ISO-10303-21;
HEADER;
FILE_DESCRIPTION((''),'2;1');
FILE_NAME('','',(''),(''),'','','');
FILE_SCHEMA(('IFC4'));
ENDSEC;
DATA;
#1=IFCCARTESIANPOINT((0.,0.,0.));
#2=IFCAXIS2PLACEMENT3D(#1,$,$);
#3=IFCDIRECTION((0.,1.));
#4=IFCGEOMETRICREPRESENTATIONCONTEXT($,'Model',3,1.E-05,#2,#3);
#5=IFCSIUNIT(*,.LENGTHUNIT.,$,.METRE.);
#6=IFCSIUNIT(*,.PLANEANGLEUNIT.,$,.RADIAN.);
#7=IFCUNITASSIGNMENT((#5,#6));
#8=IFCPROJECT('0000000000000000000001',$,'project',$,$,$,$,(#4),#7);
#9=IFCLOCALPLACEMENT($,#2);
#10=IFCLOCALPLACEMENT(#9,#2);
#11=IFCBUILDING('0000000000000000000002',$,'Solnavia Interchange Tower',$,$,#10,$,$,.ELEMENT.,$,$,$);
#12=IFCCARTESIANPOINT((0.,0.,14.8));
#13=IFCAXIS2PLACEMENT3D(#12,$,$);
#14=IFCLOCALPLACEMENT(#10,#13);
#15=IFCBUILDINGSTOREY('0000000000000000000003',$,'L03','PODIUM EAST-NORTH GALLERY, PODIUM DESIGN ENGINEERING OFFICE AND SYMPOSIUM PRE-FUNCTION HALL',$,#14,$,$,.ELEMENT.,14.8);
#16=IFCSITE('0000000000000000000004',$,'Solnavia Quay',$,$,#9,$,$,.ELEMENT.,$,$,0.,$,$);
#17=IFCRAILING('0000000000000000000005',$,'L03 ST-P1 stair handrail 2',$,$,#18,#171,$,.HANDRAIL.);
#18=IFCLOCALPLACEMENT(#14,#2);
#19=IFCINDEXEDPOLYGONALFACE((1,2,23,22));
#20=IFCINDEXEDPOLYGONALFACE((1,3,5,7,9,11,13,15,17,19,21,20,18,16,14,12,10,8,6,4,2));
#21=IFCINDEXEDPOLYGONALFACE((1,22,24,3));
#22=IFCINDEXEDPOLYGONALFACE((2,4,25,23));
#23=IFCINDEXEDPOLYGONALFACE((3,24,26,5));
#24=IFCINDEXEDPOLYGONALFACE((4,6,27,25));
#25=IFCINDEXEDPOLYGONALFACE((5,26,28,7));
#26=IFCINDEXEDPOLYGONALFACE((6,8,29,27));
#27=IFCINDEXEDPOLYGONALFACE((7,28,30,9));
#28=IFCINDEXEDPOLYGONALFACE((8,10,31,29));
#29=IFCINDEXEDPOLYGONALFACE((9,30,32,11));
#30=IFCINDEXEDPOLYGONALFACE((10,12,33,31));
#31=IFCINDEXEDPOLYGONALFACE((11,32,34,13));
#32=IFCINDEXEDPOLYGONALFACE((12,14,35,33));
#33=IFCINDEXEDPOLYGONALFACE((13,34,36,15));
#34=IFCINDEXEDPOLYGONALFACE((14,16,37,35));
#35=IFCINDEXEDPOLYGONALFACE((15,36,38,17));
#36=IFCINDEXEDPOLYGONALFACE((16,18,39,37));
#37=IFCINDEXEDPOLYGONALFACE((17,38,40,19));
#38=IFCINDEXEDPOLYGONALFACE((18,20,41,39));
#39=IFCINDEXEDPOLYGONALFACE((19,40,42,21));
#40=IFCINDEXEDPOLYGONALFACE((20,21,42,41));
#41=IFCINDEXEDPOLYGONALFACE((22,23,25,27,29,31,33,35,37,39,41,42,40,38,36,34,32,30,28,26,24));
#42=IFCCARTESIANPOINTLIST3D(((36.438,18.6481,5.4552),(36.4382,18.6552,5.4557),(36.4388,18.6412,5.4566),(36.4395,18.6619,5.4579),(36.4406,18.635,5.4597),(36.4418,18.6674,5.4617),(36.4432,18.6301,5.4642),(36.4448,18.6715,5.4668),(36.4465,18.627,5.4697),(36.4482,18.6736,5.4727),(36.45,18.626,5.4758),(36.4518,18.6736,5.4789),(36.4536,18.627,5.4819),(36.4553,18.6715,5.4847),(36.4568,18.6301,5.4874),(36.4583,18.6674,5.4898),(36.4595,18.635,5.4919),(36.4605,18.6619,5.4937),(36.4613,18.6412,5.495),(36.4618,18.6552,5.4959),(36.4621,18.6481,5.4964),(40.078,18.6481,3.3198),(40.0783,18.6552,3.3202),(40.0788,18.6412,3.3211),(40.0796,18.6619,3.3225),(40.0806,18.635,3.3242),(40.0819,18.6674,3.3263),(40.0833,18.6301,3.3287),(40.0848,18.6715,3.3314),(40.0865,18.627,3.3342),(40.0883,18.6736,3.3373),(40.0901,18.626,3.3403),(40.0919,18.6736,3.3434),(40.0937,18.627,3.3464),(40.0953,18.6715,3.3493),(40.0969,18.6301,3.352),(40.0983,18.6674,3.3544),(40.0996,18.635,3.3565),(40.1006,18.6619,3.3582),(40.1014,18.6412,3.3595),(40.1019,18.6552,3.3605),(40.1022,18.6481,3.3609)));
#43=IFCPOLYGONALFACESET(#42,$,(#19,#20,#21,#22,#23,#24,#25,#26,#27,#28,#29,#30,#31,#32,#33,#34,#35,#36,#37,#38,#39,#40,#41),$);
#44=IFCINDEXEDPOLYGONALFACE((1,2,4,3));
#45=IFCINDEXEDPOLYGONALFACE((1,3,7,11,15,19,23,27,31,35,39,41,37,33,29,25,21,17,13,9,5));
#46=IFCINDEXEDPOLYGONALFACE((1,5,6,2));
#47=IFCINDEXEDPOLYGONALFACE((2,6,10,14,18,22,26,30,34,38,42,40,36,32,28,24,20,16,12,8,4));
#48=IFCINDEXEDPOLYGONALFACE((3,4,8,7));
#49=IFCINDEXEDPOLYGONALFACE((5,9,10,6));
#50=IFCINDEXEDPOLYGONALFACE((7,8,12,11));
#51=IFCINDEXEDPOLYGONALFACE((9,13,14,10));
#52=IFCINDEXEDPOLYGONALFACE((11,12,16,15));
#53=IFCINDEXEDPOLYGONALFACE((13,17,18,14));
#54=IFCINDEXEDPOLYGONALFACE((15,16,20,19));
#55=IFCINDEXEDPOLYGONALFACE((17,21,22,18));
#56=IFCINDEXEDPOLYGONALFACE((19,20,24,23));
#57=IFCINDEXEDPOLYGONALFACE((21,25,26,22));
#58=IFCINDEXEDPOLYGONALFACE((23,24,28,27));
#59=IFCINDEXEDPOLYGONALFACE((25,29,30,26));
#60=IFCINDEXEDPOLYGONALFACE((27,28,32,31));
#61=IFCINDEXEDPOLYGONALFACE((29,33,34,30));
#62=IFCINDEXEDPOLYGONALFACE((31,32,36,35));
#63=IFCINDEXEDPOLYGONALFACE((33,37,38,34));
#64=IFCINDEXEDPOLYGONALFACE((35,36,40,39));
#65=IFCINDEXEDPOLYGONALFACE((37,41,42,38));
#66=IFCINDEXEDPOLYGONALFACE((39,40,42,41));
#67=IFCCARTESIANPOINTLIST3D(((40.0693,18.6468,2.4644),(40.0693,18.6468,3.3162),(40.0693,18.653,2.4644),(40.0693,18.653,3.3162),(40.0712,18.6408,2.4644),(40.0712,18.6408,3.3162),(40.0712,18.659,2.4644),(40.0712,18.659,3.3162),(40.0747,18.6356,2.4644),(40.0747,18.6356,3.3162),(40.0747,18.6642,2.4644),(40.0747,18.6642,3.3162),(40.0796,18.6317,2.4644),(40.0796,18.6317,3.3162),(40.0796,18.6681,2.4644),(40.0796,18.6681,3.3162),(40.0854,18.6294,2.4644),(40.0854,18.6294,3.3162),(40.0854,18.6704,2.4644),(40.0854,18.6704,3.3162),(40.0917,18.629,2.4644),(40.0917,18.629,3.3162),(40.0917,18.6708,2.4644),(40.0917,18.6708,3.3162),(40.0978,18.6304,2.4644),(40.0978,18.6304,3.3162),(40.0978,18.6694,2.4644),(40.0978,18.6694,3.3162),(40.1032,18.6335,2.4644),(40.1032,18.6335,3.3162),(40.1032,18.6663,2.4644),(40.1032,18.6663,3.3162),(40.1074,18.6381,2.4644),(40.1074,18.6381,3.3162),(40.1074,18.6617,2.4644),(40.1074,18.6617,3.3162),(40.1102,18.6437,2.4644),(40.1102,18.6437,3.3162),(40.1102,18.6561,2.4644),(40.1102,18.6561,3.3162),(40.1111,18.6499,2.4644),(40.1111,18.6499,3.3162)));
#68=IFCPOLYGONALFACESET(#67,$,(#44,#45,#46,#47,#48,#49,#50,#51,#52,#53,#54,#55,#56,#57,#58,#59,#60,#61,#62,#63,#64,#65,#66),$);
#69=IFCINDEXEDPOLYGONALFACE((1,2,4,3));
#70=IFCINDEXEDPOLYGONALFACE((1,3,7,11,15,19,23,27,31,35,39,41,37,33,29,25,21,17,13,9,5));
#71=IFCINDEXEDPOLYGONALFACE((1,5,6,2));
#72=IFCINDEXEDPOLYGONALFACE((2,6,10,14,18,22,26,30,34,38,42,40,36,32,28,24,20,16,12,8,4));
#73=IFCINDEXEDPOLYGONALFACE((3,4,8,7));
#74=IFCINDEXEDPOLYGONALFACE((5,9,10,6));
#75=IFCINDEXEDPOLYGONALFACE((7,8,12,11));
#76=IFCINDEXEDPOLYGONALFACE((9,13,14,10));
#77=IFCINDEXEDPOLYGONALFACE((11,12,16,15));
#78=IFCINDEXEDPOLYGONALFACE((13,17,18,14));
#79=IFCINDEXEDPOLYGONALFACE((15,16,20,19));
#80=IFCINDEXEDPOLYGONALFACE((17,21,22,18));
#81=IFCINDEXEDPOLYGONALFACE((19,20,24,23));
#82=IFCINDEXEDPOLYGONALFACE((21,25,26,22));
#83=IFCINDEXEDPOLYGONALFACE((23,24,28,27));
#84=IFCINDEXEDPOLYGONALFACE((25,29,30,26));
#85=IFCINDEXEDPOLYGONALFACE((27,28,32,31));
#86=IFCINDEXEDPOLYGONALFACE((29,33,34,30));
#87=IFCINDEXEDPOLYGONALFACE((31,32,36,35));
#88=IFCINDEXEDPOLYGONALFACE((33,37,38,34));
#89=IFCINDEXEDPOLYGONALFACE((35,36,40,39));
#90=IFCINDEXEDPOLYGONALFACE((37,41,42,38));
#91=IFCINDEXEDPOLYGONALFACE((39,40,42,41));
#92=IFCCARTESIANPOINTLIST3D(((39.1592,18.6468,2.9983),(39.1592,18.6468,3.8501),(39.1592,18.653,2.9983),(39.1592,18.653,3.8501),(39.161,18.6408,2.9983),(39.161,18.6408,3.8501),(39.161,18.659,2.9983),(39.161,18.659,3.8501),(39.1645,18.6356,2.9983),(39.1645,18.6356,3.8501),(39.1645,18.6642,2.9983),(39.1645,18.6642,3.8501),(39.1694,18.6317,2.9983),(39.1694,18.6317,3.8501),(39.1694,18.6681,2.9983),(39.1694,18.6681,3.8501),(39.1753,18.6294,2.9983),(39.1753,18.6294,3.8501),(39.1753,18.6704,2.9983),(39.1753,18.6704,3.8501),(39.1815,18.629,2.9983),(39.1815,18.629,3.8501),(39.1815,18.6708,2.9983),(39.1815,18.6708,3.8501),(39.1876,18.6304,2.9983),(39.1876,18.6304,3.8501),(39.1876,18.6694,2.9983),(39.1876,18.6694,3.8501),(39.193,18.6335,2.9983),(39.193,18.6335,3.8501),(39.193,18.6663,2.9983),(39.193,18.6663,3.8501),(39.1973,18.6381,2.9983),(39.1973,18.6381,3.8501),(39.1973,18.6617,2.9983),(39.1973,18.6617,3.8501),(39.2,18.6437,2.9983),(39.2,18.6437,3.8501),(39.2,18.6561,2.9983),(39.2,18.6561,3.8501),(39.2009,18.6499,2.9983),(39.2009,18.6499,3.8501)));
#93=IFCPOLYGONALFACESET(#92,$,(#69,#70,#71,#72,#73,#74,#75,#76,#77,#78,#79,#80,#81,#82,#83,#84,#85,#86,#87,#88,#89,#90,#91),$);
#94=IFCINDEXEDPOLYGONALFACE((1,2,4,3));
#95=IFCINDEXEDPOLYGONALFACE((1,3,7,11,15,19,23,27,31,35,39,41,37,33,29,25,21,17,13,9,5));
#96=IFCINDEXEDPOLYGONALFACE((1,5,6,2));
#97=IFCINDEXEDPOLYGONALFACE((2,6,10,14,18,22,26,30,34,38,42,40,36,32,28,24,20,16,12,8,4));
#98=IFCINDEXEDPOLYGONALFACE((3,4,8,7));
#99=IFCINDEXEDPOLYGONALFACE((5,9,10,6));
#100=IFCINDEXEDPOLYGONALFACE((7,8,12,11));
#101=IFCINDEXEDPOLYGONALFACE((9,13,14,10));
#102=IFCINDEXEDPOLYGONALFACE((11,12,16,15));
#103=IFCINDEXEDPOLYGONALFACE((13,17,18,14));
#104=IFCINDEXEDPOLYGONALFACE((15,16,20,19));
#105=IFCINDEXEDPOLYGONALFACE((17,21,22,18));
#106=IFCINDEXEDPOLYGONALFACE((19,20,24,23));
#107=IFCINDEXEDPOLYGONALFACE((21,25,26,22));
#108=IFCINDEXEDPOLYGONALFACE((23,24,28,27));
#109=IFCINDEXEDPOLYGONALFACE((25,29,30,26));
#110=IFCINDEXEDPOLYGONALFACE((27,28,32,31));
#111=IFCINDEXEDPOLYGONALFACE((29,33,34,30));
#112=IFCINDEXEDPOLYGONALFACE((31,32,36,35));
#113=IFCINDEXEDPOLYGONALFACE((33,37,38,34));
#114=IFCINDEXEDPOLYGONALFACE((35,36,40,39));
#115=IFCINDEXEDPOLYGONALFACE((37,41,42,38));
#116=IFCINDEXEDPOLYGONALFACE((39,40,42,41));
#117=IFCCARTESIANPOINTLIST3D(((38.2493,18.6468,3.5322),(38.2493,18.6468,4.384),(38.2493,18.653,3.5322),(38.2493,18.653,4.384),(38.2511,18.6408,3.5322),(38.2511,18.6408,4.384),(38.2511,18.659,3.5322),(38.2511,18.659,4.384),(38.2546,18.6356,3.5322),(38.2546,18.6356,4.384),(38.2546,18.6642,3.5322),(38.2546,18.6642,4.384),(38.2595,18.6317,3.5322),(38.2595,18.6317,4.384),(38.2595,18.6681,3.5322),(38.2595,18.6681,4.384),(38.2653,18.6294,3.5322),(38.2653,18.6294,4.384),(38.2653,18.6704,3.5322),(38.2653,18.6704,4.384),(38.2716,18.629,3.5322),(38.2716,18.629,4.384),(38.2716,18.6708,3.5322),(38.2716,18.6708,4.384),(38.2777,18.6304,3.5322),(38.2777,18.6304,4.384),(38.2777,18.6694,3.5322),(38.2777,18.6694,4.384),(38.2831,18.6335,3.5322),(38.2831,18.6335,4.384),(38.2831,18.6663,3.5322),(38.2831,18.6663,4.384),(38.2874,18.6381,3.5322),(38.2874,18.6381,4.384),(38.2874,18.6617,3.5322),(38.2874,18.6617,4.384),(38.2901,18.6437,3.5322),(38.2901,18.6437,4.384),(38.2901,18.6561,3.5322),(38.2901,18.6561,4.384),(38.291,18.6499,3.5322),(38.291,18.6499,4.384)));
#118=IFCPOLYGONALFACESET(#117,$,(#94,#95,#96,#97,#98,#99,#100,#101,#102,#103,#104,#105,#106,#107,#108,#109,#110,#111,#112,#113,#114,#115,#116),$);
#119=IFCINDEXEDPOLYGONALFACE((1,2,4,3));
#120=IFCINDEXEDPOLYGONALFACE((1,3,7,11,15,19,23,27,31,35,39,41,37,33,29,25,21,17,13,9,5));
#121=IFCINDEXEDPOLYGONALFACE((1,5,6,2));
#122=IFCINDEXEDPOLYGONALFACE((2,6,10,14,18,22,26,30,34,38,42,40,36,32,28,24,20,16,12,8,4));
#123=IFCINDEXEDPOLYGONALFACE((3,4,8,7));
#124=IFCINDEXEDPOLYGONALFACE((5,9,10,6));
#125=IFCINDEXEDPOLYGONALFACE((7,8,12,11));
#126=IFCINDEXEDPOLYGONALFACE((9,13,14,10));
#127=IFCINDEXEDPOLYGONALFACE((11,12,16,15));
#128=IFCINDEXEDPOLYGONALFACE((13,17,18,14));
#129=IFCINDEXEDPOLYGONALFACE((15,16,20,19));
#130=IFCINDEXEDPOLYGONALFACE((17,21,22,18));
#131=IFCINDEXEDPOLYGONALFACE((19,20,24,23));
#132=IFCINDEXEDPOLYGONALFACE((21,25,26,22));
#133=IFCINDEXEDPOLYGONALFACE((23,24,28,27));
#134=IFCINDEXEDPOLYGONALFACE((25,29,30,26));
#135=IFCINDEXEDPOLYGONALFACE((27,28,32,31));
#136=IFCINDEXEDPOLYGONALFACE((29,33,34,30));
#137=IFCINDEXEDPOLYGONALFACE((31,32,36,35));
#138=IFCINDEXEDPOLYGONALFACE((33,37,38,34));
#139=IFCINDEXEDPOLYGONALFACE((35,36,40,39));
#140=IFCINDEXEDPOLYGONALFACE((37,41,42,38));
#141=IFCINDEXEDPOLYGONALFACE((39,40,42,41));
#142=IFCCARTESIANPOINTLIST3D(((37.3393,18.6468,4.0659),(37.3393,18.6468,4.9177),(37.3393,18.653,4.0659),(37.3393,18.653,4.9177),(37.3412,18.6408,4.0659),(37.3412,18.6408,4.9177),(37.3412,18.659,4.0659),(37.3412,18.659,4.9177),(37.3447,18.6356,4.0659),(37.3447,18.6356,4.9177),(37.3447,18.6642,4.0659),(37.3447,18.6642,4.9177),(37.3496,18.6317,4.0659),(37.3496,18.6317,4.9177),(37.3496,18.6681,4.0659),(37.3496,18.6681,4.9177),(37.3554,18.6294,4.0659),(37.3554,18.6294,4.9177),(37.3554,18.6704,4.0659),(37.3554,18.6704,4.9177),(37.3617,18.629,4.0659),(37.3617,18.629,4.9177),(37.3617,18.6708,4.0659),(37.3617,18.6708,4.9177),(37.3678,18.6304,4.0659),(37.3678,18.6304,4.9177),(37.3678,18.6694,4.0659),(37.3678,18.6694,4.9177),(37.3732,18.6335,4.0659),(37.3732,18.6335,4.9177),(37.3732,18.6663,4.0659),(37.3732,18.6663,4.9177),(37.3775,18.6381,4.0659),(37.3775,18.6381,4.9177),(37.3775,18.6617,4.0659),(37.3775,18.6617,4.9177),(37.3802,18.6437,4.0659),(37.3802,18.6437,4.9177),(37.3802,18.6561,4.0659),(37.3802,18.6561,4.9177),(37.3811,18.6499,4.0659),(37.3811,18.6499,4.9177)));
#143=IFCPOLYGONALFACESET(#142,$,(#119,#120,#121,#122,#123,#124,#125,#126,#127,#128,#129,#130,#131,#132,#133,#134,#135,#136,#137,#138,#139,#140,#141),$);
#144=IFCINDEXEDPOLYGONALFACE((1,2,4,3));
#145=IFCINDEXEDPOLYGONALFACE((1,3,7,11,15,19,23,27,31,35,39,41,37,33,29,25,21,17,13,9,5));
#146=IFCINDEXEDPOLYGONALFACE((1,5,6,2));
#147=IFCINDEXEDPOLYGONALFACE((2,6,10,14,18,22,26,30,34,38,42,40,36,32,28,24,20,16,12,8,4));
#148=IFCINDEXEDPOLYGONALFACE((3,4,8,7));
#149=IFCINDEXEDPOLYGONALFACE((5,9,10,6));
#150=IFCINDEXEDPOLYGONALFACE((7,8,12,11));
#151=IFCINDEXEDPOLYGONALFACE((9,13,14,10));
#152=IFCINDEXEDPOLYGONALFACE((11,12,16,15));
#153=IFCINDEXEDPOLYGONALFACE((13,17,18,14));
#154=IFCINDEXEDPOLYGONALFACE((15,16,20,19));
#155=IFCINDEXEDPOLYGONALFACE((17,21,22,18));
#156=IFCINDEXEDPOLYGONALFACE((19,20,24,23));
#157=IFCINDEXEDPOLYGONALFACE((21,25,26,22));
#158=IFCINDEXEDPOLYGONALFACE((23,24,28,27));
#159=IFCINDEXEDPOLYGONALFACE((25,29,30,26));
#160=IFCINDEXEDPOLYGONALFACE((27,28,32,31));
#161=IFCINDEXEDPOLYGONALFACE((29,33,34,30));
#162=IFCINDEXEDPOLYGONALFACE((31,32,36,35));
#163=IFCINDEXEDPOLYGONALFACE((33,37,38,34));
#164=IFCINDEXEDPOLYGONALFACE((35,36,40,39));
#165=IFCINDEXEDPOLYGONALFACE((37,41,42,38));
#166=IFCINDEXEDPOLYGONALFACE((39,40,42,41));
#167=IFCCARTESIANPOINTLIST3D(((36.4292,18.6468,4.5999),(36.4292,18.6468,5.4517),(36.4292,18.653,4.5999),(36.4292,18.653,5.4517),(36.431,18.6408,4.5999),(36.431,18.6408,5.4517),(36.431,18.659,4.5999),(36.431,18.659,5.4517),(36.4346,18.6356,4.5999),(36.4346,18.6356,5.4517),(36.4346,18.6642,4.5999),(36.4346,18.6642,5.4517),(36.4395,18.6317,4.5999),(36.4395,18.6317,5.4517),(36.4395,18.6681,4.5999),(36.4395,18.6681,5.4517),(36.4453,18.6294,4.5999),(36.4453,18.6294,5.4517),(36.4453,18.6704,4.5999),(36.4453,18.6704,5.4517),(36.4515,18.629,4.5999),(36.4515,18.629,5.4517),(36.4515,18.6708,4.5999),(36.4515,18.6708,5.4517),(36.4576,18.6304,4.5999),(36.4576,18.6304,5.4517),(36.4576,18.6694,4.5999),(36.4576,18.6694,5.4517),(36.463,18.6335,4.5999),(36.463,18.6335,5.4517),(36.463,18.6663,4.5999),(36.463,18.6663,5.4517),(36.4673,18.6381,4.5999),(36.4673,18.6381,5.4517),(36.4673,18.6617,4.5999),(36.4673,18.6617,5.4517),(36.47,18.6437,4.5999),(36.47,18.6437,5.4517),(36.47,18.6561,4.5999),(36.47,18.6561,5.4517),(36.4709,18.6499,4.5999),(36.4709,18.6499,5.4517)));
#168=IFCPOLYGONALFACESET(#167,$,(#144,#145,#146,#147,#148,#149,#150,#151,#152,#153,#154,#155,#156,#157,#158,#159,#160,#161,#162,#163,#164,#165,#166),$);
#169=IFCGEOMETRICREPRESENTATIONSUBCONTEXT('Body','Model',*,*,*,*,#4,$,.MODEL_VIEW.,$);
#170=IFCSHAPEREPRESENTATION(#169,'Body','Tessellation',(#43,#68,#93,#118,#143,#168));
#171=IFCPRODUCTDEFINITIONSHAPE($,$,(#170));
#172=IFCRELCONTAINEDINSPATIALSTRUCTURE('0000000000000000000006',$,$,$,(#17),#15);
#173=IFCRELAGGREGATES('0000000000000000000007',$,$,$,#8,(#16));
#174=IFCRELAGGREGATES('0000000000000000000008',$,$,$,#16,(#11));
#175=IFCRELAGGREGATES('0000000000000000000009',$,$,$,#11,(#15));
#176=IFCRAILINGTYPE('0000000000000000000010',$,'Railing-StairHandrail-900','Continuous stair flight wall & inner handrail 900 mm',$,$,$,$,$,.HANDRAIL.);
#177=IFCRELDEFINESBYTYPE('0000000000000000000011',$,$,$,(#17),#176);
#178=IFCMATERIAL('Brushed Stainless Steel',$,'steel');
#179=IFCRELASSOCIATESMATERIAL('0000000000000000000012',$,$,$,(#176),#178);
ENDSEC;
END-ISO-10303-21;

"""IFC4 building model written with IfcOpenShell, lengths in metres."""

from ifc_helpers import new_model, si_unit, direction, frame, origin, origin_2d, place, context, subcontext, project, spatial, circle, extrude, material, type_object, element, save


model = new_model("IFC4")

# Units and contexts
model_context = context("Model", 3, precision=1e-05, world=origin(), true_north=direction((0.0, 1.0)))
body_context = subcontext(model_context, "Body", "Model", "MODEL_VIEW")
ifc_project = project(units=[si_unit("LENGTHUNIT", "METRE"), si_unit("PLANEANGLEUNIT", "RADIAN")], contexts=[model_context])

# Site, building, storey
site_placement = place(None, origin())
site = spatial("IfcSite", under=ifc_project, at=site_placement, Name="Solnavia Quay", CompositionType="ELEMENT", RefElevation=0.0)
building_placement = place(site_placement, origin())
building = spatial("IfcBuilding", under=site, at=building_placement, Name="Solnavia Interchange Tower", CompositionType="ELEMENT")
storey_placement = place(building_placement, frame((0.0, 0.0, 14.8)))
storey = spatial("IfcBuildingStorey", under=building, at=storey_placement, Name="L03", Description="PODIUM EAST-NORTH GALLERY, PODIUM DESIGN ENGINEERING OFFICE AND SYMPOSIUM PRE-FUNCTION HALL", CompositionType="ELEMENT", Elevation=14.8)

# Railing
ifc_material_1 = material(Name="Brushed Stainless Steel", Category="steel")
railing_type_1 = type_object("IfcRailingType", Name="Railing-StairHandrail-900", Description="Continuous stair flight wall & inner handrail 900 mm", PredefinedType="HANDRAIL", material=ifc_material_1)
railing_1_placement = place(storey_placement, frame((40.0901, 18.6499, 2.4644)))
element("IfcRailing", 1, at=railing_1_placement, inside=storey, type_object=railing_type_1, Name="L03 ST-P1 stair handrail 2", PredefinedType="HANDRAIL", context=body_context, shape_type="SweptSolid", body=[
    extrude(circle(Radius=0.0239, at=origin_2d()), frame((0.0, 0.0, 0.876), z_axis=(-0.86253, 0.0, 0.506006), x_axis=(0.0, -1.0, 0.0)), (0.0, 0.0, 1.0), 4.2202),
    extrude(circle(Radius=0.021, at=origin_2d()), origin(), (0.0, 0.0, 1.0), 0.8518),
    extrude(circle(Radius=0.021, at=origin_2d()), frame((-0.9102, 0.0, 0.5339)), (0.0, 0.0, 1.0), 0.8518),
    extrude(circle(Radius=0.021, at=origin_2d()), frame((-1.8201, 0.0, 1.0679)), (0.0, 0.0, 1.0), 0.8518),
    extrude(circle(Radius=0.021, at=origin_2d()), frame((-2.73, 0.0, 1.6016)), (0.0, 0.0, 1.0), 0.8518),
    extrude(circle(Radius=0.021, at=origin_2d()), frame((-3.6401, 0.0, 2.1355)), (0.0, 0.0, 1.0), 0.8518),
])

save(model, "model.ifc")
